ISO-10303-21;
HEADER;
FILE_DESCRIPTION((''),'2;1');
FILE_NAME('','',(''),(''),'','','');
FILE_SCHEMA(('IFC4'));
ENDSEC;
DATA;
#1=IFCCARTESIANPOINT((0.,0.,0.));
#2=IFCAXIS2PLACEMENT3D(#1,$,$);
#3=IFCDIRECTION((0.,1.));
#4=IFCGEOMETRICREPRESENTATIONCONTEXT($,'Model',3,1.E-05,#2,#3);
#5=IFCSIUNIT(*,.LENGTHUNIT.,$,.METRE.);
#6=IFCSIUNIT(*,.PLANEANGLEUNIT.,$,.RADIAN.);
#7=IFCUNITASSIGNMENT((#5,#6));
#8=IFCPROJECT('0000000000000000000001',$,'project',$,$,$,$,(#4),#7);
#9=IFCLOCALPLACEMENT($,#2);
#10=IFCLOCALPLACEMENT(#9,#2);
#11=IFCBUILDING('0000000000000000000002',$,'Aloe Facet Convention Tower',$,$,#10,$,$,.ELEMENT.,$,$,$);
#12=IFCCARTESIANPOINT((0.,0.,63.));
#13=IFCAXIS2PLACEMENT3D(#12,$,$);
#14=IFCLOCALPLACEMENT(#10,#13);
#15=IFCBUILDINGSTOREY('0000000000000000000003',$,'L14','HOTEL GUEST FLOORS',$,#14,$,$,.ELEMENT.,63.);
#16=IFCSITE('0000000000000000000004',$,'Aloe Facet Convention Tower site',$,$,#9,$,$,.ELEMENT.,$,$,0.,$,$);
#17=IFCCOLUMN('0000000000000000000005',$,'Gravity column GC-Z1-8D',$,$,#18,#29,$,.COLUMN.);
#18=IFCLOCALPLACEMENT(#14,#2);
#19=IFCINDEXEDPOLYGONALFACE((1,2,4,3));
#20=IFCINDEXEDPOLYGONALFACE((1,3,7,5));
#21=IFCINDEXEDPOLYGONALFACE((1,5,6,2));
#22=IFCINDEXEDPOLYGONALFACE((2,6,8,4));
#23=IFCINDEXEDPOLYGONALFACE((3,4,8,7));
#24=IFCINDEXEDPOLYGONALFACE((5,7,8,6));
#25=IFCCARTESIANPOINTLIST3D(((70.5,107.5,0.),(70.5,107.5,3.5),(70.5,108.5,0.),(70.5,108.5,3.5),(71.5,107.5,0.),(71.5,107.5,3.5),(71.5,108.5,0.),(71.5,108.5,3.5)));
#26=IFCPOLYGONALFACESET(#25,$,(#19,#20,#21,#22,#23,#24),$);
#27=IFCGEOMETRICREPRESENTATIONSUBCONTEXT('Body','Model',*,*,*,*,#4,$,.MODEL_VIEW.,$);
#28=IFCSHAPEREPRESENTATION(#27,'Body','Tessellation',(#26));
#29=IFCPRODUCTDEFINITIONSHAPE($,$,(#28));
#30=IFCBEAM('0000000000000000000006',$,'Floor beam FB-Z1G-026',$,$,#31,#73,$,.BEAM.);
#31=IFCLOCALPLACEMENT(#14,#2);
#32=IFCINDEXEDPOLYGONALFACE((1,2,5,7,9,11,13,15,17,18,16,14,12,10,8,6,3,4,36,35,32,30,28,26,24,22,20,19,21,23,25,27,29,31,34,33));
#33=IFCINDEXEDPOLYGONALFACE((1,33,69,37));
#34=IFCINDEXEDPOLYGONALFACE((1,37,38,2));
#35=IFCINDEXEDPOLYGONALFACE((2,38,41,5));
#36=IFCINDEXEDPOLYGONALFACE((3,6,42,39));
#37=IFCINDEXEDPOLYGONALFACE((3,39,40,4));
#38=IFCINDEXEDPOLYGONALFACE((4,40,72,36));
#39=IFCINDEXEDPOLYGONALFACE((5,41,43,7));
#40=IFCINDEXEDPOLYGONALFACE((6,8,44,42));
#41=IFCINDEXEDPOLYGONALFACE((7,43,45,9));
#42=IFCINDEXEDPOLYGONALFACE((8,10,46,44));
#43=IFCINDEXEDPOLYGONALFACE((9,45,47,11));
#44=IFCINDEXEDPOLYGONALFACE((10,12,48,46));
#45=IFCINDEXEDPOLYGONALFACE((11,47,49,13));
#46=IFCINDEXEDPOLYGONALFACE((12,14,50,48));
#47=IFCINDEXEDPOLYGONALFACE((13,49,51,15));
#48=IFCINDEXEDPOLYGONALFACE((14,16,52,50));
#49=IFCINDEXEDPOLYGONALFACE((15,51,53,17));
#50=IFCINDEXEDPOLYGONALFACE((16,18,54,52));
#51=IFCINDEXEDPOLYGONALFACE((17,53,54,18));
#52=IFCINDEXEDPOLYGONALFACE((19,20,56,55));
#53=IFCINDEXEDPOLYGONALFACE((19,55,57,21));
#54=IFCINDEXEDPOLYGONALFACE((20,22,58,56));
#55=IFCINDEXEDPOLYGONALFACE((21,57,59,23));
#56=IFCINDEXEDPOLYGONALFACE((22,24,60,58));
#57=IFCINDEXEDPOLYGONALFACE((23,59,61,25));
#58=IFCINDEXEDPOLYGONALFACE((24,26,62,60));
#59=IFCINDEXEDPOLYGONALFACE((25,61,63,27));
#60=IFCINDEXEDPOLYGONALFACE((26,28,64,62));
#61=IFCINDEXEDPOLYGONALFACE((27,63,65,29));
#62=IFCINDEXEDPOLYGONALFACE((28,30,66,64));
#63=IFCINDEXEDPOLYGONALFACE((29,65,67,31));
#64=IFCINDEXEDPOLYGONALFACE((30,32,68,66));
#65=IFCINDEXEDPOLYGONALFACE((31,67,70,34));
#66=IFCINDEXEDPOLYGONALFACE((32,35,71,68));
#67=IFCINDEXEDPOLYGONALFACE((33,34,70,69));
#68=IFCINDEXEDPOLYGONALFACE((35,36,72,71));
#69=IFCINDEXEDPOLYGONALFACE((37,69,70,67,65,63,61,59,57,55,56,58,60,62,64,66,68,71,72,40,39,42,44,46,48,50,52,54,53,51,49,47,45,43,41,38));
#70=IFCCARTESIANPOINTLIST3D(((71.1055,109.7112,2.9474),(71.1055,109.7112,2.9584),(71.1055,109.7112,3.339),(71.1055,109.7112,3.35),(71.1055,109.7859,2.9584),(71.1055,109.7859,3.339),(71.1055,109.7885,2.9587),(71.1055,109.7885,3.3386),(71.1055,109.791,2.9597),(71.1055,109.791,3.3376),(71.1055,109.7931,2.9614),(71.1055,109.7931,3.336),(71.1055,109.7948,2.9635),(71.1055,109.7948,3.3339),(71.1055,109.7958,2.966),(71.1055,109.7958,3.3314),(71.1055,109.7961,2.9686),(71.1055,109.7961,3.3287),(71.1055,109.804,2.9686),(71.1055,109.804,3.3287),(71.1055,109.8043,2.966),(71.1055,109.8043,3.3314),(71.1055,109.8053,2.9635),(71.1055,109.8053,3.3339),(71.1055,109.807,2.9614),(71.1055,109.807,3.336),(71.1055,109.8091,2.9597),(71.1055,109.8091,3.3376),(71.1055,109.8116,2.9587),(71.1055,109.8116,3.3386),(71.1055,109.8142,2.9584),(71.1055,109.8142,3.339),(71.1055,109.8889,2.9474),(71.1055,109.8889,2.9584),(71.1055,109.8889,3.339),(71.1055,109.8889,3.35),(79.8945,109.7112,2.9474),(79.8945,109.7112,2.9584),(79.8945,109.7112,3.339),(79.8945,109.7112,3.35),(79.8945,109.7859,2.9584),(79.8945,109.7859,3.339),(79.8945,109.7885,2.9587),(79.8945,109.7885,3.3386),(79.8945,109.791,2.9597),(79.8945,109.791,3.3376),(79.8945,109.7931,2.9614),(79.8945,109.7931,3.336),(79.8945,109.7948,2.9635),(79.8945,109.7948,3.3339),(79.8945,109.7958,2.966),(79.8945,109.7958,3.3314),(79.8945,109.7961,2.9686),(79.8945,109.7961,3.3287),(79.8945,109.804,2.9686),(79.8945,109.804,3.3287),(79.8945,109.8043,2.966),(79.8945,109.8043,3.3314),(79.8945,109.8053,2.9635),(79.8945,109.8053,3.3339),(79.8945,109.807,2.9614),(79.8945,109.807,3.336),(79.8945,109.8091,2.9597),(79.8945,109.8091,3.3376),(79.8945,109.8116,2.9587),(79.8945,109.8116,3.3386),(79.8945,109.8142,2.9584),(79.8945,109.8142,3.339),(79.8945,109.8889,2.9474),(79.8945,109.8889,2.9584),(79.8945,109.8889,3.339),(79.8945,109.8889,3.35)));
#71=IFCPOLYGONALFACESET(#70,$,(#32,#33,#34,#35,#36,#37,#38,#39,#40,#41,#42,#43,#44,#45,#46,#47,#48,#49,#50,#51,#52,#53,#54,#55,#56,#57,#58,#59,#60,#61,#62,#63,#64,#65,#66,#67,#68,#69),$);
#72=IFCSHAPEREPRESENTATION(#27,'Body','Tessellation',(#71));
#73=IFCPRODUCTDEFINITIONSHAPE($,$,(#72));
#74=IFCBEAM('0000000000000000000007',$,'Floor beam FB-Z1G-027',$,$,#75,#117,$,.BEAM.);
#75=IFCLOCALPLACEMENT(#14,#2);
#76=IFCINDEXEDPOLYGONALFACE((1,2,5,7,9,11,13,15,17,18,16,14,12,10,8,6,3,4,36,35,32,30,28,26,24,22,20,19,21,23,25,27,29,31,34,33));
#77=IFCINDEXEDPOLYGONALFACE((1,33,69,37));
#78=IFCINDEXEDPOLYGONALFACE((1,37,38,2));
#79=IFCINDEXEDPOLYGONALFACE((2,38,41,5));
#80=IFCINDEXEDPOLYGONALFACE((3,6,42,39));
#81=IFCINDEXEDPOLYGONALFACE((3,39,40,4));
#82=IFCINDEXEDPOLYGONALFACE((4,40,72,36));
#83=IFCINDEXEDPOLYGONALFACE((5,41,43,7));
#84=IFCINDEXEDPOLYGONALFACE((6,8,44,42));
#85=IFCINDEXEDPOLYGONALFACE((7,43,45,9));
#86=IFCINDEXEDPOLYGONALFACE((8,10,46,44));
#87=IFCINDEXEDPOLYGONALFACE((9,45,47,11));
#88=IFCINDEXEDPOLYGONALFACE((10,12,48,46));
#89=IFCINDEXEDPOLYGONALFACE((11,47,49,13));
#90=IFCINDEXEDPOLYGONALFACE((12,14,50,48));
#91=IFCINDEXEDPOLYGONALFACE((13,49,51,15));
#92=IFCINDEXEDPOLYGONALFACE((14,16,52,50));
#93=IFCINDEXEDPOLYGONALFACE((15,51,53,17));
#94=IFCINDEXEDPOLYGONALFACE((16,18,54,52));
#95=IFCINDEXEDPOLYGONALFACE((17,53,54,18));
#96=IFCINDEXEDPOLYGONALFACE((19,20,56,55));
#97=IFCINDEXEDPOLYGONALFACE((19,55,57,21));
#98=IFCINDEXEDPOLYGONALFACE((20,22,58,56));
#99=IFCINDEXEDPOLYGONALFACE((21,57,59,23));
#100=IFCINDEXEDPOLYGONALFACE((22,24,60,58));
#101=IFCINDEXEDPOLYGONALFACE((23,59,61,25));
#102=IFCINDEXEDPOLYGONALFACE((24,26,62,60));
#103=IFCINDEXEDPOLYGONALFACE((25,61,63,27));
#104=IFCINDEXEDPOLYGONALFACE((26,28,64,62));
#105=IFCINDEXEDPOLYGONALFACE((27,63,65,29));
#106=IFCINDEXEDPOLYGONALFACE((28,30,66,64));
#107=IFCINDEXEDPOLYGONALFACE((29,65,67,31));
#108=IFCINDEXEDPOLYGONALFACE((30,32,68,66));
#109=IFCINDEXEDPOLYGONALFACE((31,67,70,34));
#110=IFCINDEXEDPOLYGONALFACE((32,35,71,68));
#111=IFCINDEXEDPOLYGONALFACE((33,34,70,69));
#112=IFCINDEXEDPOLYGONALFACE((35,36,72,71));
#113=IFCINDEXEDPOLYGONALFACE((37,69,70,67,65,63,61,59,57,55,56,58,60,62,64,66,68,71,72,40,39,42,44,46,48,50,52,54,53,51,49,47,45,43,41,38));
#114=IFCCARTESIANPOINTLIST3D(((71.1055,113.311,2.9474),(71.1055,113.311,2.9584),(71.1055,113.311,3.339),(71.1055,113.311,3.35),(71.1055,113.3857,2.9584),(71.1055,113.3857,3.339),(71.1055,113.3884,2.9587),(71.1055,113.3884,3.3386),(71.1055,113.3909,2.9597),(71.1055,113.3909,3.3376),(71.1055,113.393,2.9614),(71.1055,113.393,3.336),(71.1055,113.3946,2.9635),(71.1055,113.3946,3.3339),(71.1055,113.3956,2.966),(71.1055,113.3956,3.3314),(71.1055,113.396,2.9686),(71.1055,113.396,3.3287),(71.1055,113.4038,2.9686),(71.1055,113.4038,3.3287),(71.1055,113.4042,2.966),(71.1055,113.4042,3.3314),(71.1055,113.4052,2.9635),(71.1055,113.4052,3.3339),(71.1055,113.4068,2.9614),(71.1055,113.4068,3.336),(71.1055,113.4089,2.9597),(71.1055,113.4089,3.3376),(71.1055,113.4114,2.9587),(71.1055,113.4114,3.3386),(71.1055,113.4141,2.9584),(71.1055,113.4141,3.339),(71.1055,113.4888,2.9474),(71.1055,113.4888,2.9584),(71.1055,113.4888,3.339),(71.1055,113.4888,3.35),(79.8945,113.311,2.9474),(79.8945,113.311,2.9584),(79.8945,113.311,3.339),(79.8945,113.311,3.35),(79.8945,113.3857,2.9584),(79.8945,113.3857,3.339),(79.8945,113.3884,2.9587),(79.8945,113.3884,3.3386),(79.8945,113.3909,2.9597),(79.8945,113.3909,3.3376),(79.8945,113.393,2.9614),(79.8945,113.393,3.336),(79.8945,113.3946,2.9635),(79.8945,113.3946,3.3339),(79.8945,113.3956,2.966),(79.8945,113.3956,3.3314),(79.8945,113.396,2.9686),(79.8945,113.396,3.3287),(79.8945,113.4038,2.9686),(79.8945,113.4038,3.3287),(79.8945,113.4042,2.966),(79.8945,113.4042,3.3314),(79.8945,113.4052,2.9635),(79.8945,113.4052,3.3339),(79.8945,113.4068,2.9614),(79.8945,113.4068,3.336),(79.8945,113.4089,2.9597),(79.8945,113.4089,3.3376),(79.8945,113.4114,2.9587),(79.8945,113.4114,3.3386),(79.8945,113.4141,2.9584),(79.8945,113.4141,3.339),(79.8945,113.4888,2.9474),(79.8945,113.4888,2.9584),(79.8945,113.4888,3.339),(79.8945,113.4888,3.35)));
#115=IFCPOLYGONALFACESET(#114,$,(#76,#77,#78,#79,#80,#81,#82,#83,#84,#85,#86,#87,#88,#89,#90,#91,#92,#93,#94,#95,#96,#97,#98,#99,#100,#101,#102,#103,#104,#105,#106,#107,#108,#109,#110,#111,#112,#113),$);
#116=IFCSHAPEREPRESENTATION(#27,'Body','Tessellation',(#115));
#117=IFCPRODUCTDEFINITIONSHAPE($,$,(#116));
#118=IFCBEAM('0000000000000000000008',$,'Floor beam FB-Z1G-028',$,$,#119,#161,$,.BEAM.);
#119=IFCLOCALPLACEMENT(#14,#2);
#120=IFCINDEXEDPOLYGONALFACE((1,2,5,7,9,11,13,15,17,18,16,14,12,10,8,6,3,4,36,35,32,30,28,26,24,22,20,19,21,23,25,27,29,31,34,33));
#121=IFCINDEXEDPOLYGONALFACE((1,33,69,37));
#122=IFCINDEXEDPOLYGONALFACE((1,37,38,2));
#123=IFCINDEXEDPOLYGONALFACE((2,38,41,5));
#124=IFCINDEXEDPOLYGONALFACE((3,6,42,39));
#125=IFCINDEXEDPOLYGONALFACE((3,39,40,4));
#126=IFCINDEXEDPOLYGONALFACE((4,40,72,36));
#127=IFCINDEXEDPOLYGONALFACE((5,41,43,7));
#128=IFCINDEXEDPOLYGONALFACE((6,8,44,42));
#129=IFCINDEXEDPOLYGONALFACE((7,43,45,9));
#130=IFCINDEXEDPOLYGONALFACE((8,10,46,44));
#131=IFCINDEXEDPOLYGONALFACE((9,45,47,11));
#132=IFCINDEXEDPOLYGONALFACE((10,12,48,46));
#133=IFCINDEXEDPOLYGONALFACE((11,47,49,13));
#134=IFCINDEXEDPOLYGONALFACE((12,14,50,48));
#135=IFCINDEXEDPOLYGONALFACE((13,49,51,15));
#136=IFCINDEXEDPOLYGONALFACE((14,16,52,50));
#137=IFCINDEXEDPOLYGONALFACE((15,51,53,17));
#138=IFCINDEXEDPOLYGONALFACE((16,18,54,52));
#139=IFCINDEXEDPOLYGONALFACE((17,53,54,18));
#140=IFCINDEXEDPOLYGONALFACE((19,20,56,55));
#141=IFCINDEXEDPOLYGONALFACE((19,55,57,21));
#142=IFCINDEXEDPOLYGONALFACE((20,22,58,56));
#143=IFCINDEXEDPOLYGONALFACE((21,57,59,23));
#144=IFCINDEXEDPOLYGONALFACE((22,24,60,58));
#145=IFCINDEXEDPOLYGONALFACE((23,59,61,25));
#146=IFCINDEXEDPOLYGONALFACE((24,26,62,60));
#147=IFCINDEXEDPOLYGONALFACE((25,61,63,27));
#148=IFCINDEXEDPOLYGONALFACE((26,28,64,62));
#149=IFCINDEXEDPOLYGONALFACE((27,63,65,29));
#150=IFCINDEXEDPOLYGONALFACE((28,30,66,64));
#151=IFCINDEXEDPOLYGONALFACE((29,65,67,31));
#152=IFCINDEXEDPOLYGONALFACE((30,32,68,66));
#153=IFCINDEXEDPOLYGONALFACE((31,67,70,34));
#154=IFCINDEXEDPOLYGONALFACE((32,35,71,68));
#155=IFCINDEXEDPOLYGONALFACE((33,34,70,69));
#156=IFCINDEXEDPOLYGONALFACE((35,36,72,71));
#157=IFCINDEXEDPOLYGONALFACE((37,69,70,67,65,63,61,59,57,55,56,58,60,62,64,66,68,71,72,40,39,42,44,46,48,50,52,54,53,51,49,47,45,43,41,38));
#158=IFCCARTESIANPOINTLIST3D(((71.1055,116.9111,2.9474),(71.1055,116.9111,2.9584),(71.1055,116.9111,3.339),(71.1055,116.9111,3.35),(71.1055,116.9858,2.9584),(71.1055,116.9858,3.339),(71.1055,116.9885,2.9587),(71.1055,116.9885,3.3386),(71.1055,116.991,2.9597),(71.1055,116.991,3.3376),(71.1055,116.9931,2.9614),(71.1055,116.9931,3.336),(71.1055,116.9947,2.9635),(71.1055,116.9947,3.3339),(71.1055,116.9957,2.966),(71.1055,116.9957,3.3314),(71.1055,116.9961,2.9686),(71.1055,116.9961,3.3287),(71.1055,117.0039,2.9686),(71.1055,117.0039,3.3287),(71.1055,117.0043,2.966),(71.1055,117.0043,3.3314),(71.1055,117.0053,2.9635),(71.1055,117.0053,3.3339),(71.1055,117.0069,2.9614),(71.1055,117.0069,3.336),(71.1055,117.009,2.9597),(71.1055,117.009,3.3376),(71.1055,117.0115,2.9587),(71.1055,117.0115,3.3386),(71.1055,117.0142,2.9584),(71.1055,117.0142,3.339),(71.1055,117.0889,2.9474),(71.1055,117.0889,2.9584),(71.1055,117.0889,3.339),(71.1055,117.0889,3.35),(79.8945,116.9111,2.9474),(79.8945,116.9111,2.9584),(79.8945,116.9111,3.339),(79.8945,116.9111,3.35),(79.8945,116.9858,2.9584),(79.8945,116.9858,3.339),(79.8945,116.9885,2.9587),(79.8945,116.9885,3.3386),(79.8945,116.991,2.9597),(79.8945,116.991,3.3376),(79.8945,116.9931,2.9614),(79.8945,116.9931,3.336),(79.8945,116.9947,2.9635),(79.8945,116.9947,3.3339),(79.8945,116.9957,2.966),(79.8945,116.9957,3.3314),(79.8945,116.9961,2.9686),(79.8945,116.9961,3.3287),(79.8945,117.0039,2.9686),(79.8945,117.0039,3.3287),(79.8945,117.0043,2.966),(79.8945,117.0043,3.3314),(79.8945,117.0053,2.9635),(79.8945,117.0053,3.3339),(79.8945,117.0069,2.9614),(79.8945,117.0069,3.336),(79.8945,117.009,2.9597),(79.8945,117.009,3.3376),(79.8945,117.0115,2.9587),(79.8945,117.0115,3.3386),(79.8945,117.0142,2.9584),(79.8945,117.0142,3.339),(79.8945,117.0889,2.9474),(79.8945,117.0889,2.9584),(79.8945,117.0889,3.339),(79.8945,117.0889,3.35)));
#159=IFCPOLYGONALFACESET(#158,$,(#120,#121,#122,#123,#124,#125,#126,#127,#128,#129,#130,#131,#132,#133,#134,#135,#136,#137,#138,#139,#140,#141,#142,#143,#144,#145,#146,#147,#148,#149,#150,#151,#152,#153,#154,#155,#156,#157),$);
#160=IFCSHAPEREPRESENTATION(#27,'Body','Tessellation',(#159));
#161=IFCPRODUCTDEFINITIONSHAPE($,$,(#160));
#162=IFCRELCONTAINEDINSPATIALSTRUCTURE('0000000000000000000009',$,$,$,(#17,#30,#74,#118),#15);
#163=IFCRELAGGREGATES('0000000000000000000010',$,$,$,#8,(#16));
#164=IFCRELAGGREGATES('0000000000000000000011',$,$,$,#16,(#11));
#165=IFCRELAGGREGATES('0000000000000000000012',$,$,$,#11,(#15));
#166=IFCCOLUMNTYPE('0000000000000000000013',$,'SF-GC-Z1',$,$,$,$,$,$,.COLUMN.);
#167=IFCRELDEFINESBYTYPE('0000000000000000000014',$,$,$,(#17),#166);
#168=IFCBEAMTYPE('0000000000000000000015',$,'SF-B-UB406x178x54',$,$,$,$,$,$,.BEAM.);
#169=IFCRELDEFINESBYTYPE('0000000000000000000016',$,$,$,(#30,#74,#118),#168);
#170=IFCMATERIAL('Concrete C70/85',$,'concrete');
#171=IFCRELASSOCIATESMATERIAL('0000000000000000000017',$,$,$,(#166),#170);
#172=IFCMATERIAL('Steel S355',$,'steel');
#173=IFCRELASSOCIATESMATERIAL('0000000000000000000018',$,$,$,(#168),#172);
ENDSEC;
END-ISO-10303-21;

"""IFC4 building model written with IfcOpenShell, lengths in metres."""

from ifc_helpers import new_model, si_unit, direction, frame, origin, origin_2d, place, context, subcontext, project, spatial, rectangle, i_section, extrude, material, material_profile, profile_set, type_object, element, save


model = new_model("IFC4")

# Units and contexts
model_context = context("Model", 3, precision=1e-05, world=origin(), true_north=direction((0.0, 1.0)))
body_context = subcontext(model_context, "Body", "Model", "MODEL_VIEW")
ifc_project = project(units=[si_unit("LENGTHUNIT", "METRE"), si_unit("PLANEANGLEUNIT", "RADIAN")], contexts=[model_context])

# Site, building, storey
site_placement = place(None, origin())
site = spatial("IfcSite", under=ifc_project, at=site_placement, Name="Aloe Facet Convention Tower site", CompositionType="ELEMENT", RefElevation=0.0)
building_placement = place(site_placement, origin())
building = spatial("IfcBuilding", under=site, at=building_placement, Name="Aloe Facet Convention Tower", CompositionType="ELEMENT")
storey_placement = place(building_placement, frame((0.0, 0.0, 63.0)))
storey = spatial("IfcBuildingStorey", under=building, at=storey_placement, Name="L14", Description="HOTEL GUEST FLOORS", CompositionType="ELEMENT", Elevation=63.0)

# Column
ifc_material_1 = material(Name="Concrete C70/85", Category="concrete")
ifc_material_profile_1 = material_profile(ifc_material_1, rectangle(XDim=1.0, YDim=1.0, at=origin_2d()), Name="SF-GC-Z1")
ifc_profile_set_1 = profile_set([ifc_material_profile_1], Name="Concrete C70/85")
column_type = type_object("IfcColumnType", Name="SF-GC-Z1", PredefinedType="COLUMN", material=ifc_profile_set_1)
column_placement = place(storey_placement, frame((71.0, 108.0, 0.0), z_axis=(0.0, 0.0, 1.0), x_axis=(1.0, 0.0, 0.0)))
element("IfcColumn", 1, at=column_placement, inside=storey, type_object=column_type, Name="Gravity column GC-Z1-8D", PredefinedType="COLUMN", context=body_context, shape_type="SweptSolid", body=[
    extrude(rectangle(XDim=1.0, YDim=1.0, at=origin_2d()), origin(), (0.0, 0.0, 1.0), 3.5),
])

# Beams
ifc_material_2 = material(Name="Steel S355", Category="steel")
ifc_material_profile_2 = material_profile(ifc_material_2, i_section(OverallWidth=0.1777, OverallDepth=0.4026, WebThickness=0.0078, FlangeThickness=0.011, FilletRadius=0.0103, at=origin_2d()), Name="UB 406x178x54")
ifc_profile_set_2 = profile_set([ifc_material_profile_2], Name="Steel S355")
beam_type_1 = type_object("IfcBeamType", Name="SF-B-UB406x178x54", PredefinedType="BEAM", material=ifc_profile_set_2)
for number, where, z_axis, x_axis, name in (
    (2, (71.1055, 109.8, 3.1487), (1.0, 0.0, 0.0), (0.0, 1.0, 0.0), "Floor beam FB-Z1G-026"),
    (3, (71.1055, 113.3999, 3.1487), (1.0, 0.0, 0.0), (0.0, 1.0, 0.0), "Floor beam FB-Z1G-027"),
    (4, (71.1055, 117.0, 3.1487), (1.0, 0.0, 0.0), (0.0, 1.0, 0.0), "Floor beam FB-Z1G-028"),
):
    element("IfcBeam", number, at=place(storey_placement, frame(where, z_axis=z_axis, x_axis=x_axis)), inside=storey, type_object=beam_type_1, Name=name, PredefinedType="BEAM", context=body_context, shape_type="SweptSolid", body=[
        extrude(i_section(OverallWidth=0.1777, OverallDepth=0.4026, WebThickness=0.0078, FlangeThickness=0.011, FilletRadius=0.0103, at=origin_2d()), origin(), (0.0, 0.0, 1.0), 8.7891),
    ])

save(model, "model.ifc")
